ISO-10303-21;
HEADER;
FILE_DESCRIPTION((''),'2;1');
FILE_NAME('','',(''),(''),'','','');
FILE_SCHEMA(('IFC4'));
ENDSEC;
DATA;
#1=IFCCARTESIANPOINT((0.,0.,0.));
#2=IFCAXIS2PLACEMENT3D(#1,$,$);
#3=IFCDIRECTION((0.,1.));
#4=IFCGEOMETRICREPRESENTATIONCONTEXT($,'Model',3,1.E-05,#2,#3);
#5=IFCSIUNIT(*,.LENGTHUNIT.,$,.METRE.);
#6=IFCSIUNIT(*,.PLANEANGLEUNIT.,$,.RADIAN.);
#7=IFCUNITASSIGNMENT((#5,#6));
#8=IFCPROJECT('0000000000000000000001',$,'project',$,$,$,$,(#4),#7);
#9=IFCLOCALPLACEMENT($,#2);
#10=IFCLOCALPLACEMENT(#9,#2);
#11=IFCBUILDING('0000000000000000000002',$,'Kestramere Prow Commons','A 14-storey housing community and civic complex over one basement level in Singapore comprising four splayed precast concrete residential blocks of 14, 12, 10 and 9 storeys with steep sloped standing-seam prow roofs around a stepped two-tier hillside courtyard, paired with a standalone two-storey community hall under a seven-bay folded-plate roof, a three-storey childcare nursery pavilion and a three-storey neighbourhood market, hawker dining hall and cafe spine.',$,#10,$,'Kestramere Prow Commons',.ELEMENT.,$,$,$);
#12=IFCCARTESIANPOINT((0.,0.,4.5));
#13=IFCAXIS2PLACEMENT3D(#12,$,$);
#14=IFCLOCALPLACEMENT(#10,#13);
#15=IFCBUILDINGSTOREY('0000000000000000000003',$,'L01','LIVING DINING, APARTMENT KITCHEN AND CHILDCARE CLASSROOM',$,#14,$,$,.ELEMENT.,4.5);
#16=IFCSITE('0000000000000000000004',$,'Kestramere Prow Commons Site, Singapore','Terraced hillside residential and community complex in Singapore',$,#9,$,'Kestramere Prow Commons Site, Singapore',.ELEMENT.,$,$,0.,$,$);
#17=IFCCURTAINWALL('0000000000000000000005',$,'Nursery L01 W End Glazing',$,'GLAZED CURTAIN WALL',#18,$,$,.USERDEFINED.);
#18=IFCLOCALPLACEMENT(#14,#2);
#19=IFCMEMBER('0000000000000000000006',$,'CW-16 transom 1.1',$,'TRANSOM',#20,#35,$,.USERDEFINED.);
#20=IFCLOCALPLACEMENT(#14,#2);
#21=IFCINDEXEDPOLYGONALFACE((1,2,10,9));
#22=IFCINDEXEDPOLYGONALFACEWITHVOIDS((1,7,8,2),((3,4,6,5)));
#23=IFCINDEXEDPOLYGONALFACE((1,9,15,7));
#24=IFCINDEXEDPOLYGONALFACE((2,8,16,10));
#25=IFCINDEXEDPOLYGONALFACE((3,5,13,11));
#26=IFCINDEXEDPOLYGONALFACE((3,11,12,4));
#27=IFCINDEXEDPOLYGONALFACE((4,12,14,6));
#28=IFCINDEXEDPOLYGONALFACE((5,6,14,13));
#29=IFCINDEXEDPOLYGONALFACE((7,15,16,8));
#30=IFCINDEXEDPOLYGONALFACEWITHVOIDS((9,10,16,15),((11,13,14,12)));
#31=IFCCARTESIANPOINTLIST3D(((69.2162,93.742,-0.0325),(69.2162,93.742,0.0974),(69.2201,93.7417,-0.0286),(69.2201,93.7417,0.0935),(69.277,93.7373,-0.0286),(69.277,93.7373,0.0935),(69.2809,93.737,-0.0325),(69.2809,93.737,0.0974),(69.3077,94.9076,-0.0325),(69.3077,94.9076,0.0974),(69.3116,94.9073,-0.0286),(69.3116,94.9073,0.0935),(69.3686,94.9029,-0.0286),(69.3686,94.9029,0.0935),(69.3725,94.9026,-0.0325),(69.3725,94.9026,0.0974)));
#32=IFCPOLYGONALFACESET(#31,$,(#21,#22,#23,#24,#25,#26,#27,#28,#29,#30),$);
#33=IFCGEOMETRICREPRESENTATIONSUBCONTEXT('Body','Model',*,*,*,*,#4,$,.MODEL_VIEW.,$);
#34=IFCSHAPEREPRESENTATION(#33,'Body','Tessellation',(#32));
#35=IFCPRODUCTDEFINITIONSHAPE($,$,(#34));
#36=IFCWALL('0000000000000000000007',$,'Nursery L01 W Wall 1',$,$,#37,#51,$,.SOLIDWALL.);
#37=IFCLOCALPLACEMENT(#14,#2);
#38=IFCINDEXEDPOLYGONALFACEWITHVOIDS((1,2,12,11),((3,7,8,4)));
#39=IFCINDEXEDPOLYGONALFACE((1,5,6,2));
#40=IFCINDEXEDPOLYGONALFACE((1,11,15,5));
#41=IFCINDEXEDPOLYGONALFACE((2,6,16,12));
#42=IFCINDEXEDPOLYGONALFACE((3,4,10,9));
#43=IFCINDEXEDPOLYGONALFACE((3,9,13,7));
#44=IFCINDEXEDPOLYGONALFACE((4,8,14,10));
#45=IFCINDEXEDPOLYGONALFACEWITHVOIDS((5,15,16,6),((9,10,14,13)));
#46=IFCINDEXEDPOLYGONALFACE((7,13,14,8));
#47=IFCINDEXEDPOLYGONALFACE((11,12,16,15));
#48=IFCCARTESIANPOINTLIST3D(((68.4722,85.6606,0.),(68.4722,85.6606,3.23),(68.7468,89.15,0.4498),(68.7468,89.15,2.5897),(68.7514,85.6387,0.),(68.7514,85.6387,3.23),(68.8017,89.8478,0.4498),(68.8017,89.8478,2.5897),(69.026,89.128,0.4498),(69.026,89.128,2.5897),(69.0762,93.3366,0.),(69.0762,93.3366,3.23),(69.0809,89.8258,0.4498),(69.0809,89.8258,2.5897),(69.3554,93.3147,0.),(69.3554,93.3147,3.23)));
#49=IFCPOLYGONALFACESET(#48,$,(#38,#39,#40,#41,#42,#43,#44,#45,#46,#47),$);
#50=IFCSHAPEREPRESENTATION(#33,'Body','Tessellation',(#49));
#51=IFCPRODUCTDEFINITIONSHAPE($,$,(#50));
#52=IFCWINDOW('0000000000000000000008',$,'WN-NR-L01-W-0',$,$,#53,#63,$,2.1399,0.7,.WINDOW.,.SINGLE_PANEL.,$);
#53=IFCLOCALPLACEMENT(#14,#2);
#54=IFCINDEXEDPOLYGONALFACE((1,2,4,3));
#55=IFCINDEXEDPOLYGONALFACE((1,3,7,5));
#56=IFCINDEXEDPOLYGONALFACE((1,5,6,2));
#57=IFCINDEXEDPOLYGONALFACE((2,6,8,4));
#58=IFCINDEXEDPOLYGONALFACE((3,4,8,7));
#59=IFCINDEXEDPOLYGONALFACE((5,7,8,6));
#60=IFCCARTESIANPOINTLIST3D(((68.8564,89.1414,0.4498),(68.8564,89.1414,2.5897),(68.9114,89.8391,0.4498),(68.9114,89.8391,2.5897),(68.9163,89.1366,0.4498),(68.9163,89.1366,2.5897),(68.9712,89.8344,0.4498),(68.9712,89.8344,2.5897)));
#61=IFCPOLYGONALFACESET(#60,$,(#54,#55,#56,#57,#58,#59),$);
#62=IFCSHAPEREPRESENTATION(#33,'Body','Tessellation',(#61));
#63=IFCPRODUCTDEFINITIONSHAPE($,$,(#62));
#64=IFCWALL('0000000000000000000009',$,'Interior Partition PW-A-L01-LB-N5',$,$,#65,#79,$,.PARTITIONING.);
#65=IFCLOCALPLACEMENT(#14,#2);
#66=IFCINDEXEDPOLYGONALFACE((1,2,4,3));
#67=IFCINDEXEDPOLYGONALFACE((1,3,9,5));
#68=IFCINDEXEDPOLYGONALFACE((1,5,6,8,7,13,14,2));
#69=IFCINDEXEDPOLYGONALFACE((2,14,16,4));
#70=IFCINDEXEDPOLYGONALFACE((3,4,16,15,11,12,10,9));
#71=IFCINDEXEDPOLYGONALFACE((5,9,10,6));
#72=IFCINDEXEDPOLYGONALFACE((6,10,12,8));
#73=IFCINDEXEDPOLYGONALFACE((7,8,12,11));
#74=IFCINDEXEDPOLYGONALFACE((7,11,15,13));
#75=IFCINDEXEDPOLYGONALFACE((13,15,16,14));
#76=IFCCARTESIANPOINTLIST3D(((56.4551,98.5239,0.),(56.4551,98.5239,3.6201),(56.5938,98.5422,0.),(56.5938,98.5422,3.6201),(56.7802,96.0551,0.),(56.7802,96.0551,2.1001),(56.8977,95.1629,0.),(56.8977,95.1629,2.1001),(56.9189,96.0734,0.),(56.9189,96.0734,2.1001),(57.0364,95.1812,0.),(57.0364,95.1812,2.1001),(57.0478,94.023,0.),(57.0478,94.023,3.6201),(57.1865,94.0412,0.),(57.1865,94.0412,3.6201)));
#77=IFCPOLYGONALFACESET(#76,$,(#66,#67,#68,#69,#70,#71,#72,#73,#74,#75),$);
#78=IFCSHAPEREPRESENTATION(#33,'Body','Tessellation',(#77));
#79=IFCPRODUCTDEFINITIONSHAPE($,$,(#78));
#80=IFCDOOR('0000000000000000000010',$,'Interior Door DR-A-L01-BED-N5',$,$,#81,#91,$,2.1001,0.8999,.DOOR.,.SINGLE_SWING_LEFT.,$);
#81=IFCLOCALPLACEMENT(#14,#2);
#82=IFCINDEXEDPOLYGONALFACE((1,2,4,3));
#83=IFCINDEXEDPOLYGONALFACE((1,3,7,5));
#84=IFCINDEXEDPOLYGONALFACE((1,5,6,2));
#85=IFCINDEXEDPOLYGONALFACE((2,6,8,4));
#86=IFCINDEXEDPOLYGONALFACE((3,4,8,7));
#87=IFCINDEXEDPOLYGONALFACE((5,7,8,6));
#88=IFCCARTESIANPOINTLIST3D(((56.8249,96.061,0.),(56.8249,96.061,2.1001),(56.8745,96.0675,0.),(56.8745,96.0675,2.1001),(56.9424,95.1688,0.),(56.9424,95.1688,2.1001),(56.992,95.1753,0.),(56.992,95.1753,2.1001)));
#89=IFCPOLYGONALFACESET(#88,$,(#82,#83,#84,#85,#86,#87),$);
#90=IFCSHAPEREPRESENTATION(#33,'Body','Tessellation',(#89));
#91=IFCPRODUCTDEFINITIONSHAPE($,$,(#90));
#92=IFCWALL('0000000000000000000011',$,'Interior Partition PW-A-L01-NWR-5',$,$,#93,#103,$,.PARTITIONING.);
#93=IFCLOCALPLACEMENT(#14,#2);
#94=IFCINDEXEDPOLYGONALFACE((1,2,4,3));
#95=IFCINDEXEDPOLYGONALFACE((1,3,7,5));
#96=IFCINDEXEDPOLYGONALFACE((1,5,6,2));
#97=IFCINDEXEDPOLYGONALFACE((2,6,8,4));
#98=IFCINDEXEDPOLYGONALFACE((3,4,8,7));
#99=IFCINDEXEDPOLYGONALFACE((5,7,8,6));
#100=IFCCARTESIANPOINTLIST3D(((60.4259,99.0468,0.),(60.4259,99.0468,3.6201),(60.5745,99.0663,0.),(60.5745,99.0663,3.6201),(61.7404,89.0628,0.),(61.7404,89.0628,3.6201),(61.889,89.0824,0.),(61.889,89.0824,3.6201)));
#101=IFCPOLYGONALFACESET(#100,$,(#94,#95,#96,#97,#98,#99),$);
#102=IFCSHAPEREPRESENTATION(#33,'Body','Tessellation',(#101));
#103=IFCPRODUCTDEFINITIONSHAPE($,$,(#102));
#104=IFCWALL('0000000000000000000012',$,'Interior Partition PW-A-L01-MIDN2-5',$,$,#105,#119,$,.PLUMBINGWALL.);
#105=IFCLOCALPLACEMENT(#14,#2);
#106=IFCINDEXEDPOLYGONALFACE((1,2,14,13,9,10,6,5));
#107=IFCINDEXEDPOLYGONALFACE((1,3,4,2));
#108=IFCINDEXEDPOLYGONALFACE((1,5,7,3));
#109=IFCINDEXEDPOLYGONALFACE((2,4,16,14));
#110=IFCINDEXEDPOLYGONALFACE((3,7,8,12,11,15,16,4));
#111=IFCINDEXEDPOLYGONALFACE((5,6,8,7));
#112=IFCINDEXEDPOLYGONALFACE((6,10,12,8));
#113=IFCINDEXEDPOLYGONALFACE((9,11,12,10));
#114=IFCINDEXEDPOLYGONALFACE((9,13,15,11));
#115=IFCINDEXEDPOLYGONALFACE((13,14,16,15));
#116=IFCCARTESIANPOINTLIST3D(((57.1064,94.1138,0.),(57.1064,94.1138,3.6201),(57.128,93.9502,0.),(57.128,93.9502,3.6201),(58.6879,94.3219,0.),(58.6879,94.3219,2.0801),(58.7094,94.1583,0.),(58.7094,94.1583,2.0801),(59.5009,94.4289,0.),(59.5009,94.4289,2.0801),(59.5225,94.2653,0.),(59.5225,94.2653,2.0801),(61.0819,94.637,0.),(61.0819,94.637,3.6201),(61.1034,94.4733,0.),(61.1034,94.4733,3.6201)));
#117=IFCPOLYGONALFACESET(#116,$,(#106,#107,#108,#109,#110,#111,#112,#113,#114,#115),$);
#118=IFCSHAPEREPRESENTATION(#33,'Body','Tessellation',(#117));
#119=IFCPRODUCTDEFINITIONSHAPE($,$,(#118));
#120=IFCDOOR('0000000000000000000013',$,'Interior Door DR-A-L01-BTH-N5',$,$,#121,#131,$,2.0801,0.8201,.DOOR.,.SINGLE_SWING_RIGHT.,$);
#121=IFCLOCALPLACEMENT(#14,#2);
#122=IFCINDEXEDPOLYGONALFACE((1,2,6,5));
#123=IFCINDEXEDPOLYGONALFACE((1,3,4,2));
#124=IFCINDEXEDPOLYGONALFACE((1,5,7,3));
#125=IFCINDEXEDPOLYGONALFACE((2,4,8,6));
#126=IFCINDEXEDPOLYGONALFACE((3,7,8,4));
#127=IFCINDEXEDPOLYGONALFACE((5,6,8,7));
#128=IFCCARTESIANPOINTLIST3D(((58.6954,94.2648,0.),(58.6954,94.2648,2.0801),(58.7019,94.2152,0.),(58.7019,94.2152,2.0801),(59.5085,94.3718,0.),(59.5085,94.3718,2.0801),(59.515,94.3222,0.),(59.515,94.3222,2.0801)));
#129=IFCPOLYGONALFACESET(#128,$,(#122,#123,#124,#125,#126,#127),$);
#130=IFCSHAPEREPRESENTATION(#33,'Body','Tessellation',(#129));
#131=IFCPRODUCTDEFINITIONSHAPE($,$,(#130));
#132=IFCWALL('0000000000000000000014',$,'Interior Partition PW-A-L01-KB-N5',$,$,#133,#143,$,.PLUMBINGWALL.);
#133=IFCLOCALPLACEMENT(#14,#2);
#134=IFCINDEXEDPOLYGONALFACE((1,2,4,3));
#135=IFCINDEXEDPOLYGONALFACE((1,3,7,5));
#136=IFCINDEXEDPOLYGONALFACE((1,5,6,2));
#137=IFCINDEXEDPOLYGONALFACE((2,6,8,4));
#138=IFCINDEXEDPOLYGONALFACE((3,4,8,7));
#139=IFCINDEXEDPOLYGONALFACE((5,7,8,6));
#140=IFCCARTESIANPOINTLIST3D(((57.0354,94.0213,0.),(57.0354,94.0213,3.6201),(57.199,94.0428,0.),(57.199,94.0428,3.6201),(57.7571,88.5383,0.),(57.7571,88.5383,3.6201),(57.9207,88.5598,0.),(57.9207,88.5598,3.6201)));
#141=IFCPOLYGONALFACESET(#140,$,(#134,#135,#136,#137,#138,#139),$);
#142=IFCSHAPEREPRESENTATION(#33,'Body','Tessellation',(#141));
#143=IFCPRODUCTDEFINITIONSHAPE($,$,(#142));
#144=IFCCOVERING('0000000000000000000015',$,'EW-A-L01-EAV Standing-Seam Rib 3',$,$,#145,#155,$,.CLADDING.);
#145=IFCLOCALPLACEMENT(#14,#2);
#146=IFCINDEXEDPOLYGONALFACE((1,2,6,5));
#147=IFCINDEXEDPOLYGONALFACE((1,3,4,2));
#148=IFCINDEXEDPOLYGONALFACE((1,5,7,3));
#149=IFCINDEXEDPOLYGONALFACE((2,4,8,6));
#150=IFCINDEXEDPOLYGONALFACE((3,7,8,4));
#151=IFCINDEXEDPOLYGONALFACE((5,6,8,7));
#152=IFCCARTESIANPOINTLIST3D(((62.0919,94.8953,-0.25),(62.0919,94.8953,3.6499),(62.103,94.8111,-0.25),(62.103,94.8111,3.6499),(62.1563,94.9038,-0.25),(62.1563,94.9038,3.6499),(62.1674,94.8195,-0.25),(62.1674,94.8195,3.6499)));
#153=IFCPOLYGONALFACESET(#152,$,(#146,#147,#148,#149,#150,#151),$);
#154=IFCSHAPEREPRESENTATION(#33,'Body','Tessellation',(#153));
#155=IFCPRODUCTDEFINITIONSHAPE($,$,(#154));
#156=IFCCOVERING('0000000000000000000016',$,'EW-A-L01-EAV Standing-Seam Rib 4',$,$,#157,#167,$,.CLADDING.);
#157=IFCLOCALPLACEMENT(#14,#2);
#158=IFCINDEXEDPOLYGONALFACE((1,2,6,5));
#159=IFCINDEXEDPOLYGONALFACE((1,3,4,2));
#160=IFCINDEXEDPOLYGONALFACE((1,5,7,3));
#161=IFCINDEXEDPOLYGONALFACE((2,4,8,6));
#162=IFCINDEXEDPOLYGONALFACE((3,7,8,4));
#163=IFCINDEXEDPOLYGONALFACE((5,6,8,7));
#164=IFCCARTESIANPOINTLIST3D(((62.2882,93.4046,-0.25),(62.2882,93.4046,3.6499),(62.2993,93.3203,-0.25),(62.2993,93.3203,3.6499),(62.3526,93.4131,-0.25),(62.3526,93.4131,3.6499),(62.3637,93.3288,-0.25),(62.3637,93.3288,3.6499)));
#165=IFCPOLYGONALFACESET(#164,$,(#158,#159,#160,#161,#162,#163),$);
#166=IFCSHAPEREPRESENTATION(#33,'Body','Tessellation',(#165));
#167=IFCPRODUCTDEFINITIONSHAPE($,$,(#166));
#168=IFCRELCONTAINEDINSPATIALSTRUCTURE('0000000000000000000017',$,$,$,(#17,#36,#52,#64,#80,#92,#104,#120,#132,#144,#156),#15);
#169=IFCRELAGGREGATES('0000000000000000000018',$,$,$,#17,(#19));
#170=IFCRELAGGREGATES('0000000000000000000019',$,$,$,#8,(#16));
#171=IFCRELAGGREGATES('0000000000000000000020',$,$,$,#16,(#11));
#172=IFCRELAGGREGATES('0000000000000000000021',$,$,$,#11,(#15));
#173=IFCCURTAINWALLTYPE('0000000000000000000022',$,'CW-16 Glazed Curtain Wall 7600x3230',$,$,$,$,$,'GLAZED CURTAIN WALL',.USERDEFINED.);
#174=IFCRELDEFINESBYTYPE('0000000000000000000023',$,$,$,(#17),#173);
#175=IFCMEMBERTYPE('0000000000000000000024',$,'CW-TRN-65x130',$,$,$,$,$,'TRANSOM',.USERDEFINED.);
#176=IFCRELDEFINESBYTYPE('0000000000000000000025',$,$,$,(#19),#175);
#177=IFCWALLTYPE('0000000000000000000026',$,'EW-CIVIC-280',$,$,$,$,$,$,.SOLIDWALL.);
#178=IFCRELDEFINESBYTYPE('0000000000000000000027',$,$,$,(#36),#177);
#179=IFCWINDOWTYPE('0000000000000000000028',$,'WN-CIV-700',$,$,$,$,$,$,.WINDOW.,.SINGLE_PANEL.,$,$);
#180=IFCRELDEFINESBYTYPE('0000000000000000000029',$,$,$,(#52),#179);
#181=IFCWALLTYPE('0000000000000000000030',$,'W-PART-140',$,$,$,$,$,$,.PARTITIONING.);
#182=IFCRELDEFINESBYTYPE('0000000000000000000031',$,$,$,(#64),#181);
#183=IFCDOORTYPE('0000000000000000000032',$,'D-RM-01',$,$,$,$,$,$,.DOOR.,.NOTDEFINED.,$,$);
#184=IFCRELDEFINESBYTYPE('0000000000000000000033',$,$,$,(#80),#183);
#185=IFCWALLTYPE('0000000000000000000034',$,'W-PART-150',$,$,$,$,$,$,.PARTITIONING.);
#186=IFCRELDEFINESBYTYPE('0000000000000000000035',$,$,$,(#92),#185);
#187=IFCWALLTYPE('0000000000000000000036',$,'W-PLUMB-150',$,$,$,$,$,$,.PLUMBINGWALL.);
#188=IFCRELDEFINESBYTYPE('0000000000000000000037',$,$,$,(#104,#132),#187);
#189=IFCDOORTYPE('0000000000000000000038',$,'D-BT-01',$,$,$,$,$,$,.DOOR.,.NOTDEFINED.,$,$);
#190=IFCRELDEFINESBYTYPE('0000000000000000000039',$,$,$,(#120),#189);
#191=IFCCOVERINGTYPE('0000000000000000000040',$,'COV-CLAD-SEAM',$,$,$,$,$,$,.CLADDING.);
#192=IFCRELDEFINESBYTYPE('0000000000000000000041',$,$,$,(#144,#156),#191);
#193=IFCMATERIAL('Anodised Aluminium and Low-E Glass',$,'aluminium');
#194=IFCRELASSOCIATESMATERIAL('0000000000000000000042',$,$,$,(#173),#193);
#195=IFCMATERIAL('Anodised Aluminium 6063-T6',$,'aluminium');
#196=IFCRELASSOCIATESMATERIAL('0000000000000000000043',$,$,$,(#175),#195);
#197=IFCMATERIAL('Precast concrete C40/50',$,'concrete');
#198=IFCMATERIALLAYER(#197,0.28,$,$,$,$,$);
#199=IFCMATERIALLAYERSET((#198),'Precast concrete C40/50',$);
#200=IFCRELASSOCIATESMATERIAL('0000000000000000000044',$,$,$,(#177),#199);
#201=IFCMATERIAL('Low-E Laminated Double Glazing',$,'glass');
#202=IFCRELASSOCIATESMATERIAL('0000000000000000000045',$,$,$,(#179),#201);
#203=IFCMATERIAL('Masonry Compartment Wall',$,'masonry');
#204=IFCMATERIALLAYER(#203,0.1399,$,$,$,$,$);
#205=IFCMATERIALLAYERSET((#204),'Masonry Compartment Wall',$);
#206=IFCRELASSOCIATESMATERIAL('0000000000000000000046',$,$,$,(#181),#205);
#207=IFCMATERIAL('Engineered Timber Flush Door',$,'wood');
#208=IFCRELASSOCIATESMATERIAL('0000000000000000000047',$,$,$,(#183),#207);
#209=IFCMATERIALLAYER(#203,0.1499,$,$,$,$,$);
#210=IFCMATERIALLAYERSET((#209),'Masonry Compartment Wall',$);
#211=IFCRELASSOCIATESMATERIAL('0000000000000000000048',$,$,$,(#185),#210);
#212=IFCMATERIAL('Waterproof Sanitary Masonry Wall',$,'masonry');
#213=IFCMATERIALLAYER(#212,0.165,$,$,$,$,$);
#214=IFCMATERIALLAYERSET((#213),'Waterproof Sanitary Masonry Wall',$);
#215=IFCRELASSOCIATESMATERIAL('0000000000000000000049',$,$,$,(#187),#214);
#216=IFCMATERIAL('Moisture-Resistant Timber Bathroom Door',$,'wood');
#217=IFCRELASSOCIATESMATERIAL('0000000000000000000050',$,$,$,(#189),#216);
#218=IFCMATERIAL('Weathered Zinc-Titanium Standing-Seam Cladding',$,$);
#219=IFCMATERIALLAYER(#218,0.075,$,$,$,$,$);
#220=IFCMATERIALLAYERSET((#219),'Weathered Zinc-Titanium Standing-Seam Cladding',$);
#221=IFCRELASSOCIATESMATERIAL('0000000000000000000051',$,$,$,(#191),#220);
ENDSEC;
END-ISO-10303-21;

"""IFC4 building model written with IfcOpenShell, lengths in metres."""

from ifc_helpers import new_model, si_unit, direction, frame, frame_2d, origin, origin_2d, place, context, subcontext, project, spatial, rectangle, hollow_rectangle, extrude, material, layer, layer_set, material_profile, profile_set, type_object, element, fill, aggregate, save


model = new_model("IFC4")

# Units and contexts
model_context = context("Model", 3, precision=1e-05, world=origin(), true_north=direction((0.0, 1.0)))
body_context = subcontext(model_context, "Body", "Model", "MODEL_VIEW")
ifc_project = project(units=[si_unit("LENGTHUNIT", "METRE"), si_unit("PLANEANGLEUNIT", "RADIAN")], contexts=[model_context])

# Site, building, storey
site_placement = place(None, origin())
site = spatial("IfcSite", under=ifc_project, at=site_placement, Name="Kestramere Prow Commons Site, Singapore", Description="Terraced hillside residential and community complex in Singapore", LongName="Kestramere Prow Commons Site, Singapore", CompositionType="ELEMENT", RefElevation=0.0)
building_placement = place(site_placement, origin())
building = spatial("IfcBuilding", under=site, at=building_placement, Name="Kestramere Prow Commons", Description="A 14-storey housing community and civic complex over one basement level in Singapore comprising four splayed precast concrete residential blocks of 14, 12, 10 and 9 storeys with steep sloped standing-seam prow roofs around a stepped two-tier hillside courtyard, paired with a standalone two-storey community hall under a seven-bay folded-plate roof, a three-storey childcare nursery pavilion and a three-storey neighbourhood market, hawker dining hall and cafe spine.", LongName="Kestramere Prow Commons", CompositionType="ELEMENT")
storey_placement = place(building_placement, frame((0.0, 0.0, 4.5)))
storey = spatial("IfcBuildingStorey", under=building, at=storey_placement, Name="L01", Description="LIVING DINING, APARTMENT KITCHEN AND CHILDCARE CLASSROOM", CompositionType="ELEMENT", Elevation=4.5)

# Shared definitions
ifc_material_1 = material(Name="Precast concrete C40/50", Category="concrete")

# Curtain wall, member
ifc_material_2 = material(Name="Anodised Aluminium and Low-E Glass", Category="aluminium")
curtain_wall_type = type_object("IfcCurtainWallType", Name="CW-16 Glazed Curtain Wall 7600x3230", ElementType="GLAZED CURTAIN WALL", PredefinedType="USERDEFINED", material=ifc_material_2)
curtain_wall_placement = place(storey_placement, origin())
curtain_wall = element("IfcCurtainWall", 1, at=curtain_wall_placement, inside=storey, type_object=curtain_wall_type, Name="Nursery L01 W End Glazing", ObjectType="GLAZED CURTAIN WALL", PredefinedType="USERDEFINED")
ifc_material_3 = material(Name="Anodised Aluminium 6063-T6", Category="aluminium")
ifc_material_profile_1 = material_profile(ifc_material_3, hollow_rectangle(XDim=0.0649, YDim=0.1299, WallThickness=0.0039, at=origin_2d()), Name="ALU-TRN 65x130")
ifc_profile_set_1 = profile_set([ifc_material_profile_1], Name="Anodised Aluminium 6063-T6")
member_type_1 = type_object("IfcMemberType", Name="CW-TRN-65x130", ElementType="TRANSOM", PredefinedType="USERDEFINED", material=ifc_profile_set_1)
member_1_placement = place(storey_placement, frame((69.2485, 93.7395, 0.0325), z_axis=(0.078309, 0.996929, 0.0), x_axis=(-0.996929, 0.078309, 0.0)))
member_1 = element("IfcMember", 2, at=member_1_placement, type_object=member_type_1, Name="CW-16 transom 1.1", ObjectType="TRANSOM", PredefinedType="USERDEFINED", context=body_context, shape_type="SweptSolid", body=[
    extrude(hollow_rectangle(XDim=0.0649, YDim=0.1299, WallThickness=0.0039, at=origin_2d()), origin(), (0.0, 0.0, 1.0), 1.1692),
])
aggregate(curtain_wall, [member_1])

# Wall, opening, window
ifc_layer_1 = layer(ifc_material_1, 0.28)
ifc_layer_set_1 = layer_set([ifc_layer_1], Name="Precast concrete C40/50")
wall_type_1 = type_object("IfcWallType", Name="EW-CIVIC-280", PredefinedType="SOLIDWALL", material=ifc_layer_set_1)
wall_1_placement = place(storey_placement, frame((68.6118, 85.6497, 0.0), z_axis=(0.0, 0.0, 1.0), x_axis=(0.078445, 0.996918, 0.0)))
wall_1 = element("IfcWall", 3, at=wall_1_placement, inside=storey, type_object=wall_type_1, Name="Nursery L01 W Wall 1", PredefinedType="SOLIDWALL", context=body_context, shape_type="SweptSolid", body=[
    extrude(rectangle(XDim=7.6997, YDim=0.28, at=frame_2d((3.8499, 0.0))), origin(), (0.0, 0.0, 1.0), 3.23),
])
opening_1_placement = place(wall_1_placement, frame((3.5, 0.0, 0.45)))
opening_1 = element("IfcOpeningElement", 4, at=opening_1_placement, cuts=wall_1, PredefinedType="OPENING", context=body_context, shape_type="SweptSolid", body=[
    extrude(rectangle(XDim=0.7, YDim=2.1399, at=frame_2d((0.3501, 1.0698))), frame((0.0, 0.155, 0.0), z_axis=(0.0, -1.0, 0.0), x_axis=(1.0, 0.0, 0.0)), (0.0, 0.0, 1.0), 0.3101),
])
ifc_material_4 = material(Name="Low-E Laminated Double Glazing", Category="glass")
window_type = type_object("IfcWindowType", Name="WN-CIV-700", PartitioningType="SINGLE_PANEL", PredefinedType="WINDOW", material=ifc_material_4)
window_placement = place(opening_1_placement, origin())
window = element("IfcWindow", 5, at=window_placement, inside=storey, type_object=window_type, Name="WN-NR-L01-W-0", OverallHeight=2.1399, OverallWidth=0.7, PartitioningType="SINGLE_PANEL", PredefinedType="WINDOW", context=body_context, shape_type="SweptSolid", body=[
    extrude(rectangle(XDim=0.7, YDim=2.1399, at=frame_2d((0.3501, 1.0698))), frame((0.0, 0.03, 0.0), z_axis=(0.0, -1.0, 0.0), x_axis=(1.0, 0.0, 0.0)), (0.0, 0.0, 1.0), 0.0601),
])
fill(opening_1, window)

# Wall, opening, door
ifc_material_5 = material(Name="Masonry Compartment Wall", Category="masonry")
ifc_layer_2 = layer(ifc_material_5, 0.1399)
ifc_layer_set_2 = layer_set([ifc_layer_2], Name="Masonry Compartment Wall")
wall_type_2 = type_object("IfcWallType", Name="W-PART-140", PredefinedType="PARTITIONING", material=ifc_layer_set_2)
wall_2_placement = place(storey_placement, frame((57.1172, 94.032, 0.0), z_axis=(0.0, 0.0, 1.0), x_axis=(-0.130571, 0.991439, 0.0)))
wall_2 = element("IfcWall", 6, at=wall_2_placement, inside=storey, type_object=wall_type_2, Name="Interior Partition PW-A-L01-LB-N5", PredefinedType="PARTITIONING", context=body_context, shape_type="SweptSolid", body=[
    extrude(rectangle(XDim=4.5398, YDim=0.1399, at=frame_2d((2.27, 0.0))), origin(), (0.0, 0.0, 1.0), 3.6201),
])
opening_2_placement = place(wall_2_placement, frame((1.1499, 0.0, 0.0)))
opening_2 = element("IfcOpeningElement", 7, at=opening_2_placement, cuts=wall_2, PredefinedType="OPENING", context=body_context, shape_type="SweptSolid", body=[
    extrude(rectangle(XDim=0.8999, YDim=2.1001, at=frame_2d((0.45, 1.05))), frame((0.0, 0.085, 0.0), z_axis=(0.0, -1.0, 0.0), x_axis=(1.0, 0.0, 0.0)), (0.0, 0.0, 1.0), 0.1699),
])
ifc_material_6 = material(Name="Engineered Timber Flush Door", Category="wood")
door_type_1 = type_object("IfcDoorType", Name="D-RM-01", OperationType="NOTDEFINED", PredefinedType="DOOR", material=ifc_material_6)
door_1_placement = place(opening_2_placement, origin())
door_1 = element("IfcDoor", 8, at=door_1_placement, inside=storey, type_object=door_type_1, Name="Interior Door DR-A-L01-BED-N5", OperationType="SINGLE_SWING_LEFT", OverallHeight=2.1001, OverallWidth=0.8999, PredefinedType="DOOR", context=body_context, shape_type="SweptSolid", body=[
    extrude(rectangle(XDim=0.8999, YDim=2.1001, at=frame_2d((0.45, 1.05))), frame((0.0, 0.0249, 0.0), z_axis=(0.0, -1.0, 0.0), x_axis=(1.0, 0.0, 0.0)), (0.0, 0.0, 1.0), 0.05),
])
fill(opening_2, door_1)

# Wall
ifc_layer_3 = layer(ifc_material_5, 0.1499)
ifc_layer_set_3 = layer_set([ifc_layer_3], Name="Masonry Compartment Wall")
wall_type_3 = type_object("IfcWallType", Name="W-PART-150", PredefinedType="PARTITIONING", material=ifc_layer_set_3)
wall_3_placement = place(storey_placement, frame((61.8147, 89.0725, 0.0), z_axis=(0.0, 0.0, 1.0), x_axis=(-0.130531, 0.991444, 0.0)))
element("IfcWall", 9, at=wall_3_placement, inside=storey, type_object=wall_type_3, Name="Interior Partition PW-A-L01-NWR-5", PredefinedType="PARTITIONING", context=body_context, shape_type="SweptSolid", body=[
    extrude(rectangle(XDim=10.0701, YDim=0.1499, at=frame_2d((5.0352, 0.0))), origin(), (0.0, 0.0, 1.0), 3.6201),
])

# Wall, opening, door
ifc_material_7 = material(Name="Waterproof Sanitary Masonry Wall", Category="masonry")
ifc_layer_4 = layer(ifc_material_7, 0.165)
ifc_layer_set_4 = layer_set([ifc_layer_4], Name="Waterproof Sanitary Masonry Wall")
wall_type_4 = type_object("IfcWallType", Name="W-PLUMB-150", PredefinedType="PLUMBINGWALL", material=ifc_layer_set_4)
wall_4_placement = place(storey_placement, frame((57.1172, 94.032, 0.0), z_axis=(0.0, 0.0, 1.0), x_axis=(0.991451, 0.130477, 0.0)))
wall_4 = element("IfcWall", 10, at=wall_4_placement, inside=storey, type_object=wall_type_4, Name="Interior Partition PW-A-L01-MIDN2-5", PredefinedType="PLUMBINGWALL", context=body_context, shape_type="SweptSolid", body=[
    extrude(rectangle(XDim=4.0098, YDim=0.165, at=frame_2d((2.0049, 0.0))), origin(), (0.0, 0.0, 1.0), 3.6201),
])
opening_3_placement = place(wall_4_placement, frame((1.595, 0.0, 0.0)))
opening_3 = element("IfcOpeningElement", 11, at=opening_3_placement, cuts=wall_4, PredefinedType="OPENING", context=body_context, shape_type="SweptSolid", body=[
    extrude(rectangle(XDim=0.8201, YDim=2.0801, at=frame_2d((0.4102, 1.04))), frame((0.0, 0.0974, 0.0), z_axis=(0.0, -1.0, 0.0), x_axis=(1.0, 0.0, 0.0)), (0.0, 0.0, 1.0), 0.1951),
])
ifc_material_8 = material(Name="Moisture-Resistant Timber Bathroom Door", Category="wood")
door_type_2 = type_object("IfcDoorType", Name="D-BT-01", OperationType="NOTDEFINED", PredefinedType="DOOR", material=ifc_material_8)
door_2_placement = place(opening_3_placement, origin())
door_2 = element("IfcDoor", 12, at=door_2_placement, inside=storey, type_object=door_type_2, Name="Interior Door DR-A-L01-BTH-N5", OperationType="SINGLE_SWING_RIGHT", OverallHeight=2.0801, OverallWidth=0.8201, PredefinedType="DOOR", context=body_context, shape_type="SweptSolid", body=[
    extrude(rectangle(XDim=0.8201, YDim=2.0801, at=frame_2d((0.4102, 1.04))), frame((0.0, 0.0249, 0.0), z_axis=(0.0, -1.0, 0.0), x_axis=(1.0, 0.0, 0.0)), (0.0, 0.0, 1.0), 0.05),
])
fill(opening_3, door_2)

# Wall
wall_5_placement = place(storey_placement, frame((57.8389, 88.5491, 0.0), z_axis=(0.0, 0.0, 1.0), x_axis=(-0.130498, 0.991449, 0.0)))
element("IfcWall", 13, at=wall_5_placement, inside=storey, type_object=wall_type_4, Name="Interior Partition PW-A-L01-KB-N5", PredefinedType="PLUMBINGWALL", context=body_context, shape_type="SweptSolid", body=[
    extrude(rectangle(XDim=5.5303, YDim=0.165, at=frame_2d((2.7651, 0.0))), origin(), (0.0, 0.0, 1.0), 3.6201),
])

# Coverings
ifc_material_9 = material(Name="Weathered Zinc-Titanium Standing-Seam Cladding")
ifc_layer_5 = layer(ifc_material_9, 0.075)
ifc_layer_set_5 = layer_set([ifc_layer_5], Name="Weathered Zinc-Titanium Standing-Seam Cladding")
covering_type = type_object("IfcCoveringType", Name="COV-CLAD-SEAM", PredefinedType="CLADDING", material=ifc_layer_set_5)
for number, where, z_axis, x_axis, name in (
    (14, (62.1296, 94.8574, -0.25), (0.0, 0.0, 1.0), (0.130526, -0.991445, 0.0), "EW-A-L01-EAV Standing-Seam Rib 3"),
    (15, (62.3259, 93.3667, -0.25), (0.0, 0.0, 1.0), (0.130526, -0.991445, 0.0), "EW-A-L01-EAV Standing-Seam Rib 4"),
):
    element("IfcCovering", number, at=place(storey_placement, frame(where, z_axis=z_axis, x_axis=x_axis)), inside=storey, type_object=covering_type, Name=name, PredefinedType="CLADDING", context=body_context, shape_type="SweptSolid", body=[
        extrude(rectangle(XDim=0.085, YDim=0.0649, at=origin_2d()), origin(), (0.0, 0.0, 1.0), 3.8999),
    ])

save(model, "model.ifc")
